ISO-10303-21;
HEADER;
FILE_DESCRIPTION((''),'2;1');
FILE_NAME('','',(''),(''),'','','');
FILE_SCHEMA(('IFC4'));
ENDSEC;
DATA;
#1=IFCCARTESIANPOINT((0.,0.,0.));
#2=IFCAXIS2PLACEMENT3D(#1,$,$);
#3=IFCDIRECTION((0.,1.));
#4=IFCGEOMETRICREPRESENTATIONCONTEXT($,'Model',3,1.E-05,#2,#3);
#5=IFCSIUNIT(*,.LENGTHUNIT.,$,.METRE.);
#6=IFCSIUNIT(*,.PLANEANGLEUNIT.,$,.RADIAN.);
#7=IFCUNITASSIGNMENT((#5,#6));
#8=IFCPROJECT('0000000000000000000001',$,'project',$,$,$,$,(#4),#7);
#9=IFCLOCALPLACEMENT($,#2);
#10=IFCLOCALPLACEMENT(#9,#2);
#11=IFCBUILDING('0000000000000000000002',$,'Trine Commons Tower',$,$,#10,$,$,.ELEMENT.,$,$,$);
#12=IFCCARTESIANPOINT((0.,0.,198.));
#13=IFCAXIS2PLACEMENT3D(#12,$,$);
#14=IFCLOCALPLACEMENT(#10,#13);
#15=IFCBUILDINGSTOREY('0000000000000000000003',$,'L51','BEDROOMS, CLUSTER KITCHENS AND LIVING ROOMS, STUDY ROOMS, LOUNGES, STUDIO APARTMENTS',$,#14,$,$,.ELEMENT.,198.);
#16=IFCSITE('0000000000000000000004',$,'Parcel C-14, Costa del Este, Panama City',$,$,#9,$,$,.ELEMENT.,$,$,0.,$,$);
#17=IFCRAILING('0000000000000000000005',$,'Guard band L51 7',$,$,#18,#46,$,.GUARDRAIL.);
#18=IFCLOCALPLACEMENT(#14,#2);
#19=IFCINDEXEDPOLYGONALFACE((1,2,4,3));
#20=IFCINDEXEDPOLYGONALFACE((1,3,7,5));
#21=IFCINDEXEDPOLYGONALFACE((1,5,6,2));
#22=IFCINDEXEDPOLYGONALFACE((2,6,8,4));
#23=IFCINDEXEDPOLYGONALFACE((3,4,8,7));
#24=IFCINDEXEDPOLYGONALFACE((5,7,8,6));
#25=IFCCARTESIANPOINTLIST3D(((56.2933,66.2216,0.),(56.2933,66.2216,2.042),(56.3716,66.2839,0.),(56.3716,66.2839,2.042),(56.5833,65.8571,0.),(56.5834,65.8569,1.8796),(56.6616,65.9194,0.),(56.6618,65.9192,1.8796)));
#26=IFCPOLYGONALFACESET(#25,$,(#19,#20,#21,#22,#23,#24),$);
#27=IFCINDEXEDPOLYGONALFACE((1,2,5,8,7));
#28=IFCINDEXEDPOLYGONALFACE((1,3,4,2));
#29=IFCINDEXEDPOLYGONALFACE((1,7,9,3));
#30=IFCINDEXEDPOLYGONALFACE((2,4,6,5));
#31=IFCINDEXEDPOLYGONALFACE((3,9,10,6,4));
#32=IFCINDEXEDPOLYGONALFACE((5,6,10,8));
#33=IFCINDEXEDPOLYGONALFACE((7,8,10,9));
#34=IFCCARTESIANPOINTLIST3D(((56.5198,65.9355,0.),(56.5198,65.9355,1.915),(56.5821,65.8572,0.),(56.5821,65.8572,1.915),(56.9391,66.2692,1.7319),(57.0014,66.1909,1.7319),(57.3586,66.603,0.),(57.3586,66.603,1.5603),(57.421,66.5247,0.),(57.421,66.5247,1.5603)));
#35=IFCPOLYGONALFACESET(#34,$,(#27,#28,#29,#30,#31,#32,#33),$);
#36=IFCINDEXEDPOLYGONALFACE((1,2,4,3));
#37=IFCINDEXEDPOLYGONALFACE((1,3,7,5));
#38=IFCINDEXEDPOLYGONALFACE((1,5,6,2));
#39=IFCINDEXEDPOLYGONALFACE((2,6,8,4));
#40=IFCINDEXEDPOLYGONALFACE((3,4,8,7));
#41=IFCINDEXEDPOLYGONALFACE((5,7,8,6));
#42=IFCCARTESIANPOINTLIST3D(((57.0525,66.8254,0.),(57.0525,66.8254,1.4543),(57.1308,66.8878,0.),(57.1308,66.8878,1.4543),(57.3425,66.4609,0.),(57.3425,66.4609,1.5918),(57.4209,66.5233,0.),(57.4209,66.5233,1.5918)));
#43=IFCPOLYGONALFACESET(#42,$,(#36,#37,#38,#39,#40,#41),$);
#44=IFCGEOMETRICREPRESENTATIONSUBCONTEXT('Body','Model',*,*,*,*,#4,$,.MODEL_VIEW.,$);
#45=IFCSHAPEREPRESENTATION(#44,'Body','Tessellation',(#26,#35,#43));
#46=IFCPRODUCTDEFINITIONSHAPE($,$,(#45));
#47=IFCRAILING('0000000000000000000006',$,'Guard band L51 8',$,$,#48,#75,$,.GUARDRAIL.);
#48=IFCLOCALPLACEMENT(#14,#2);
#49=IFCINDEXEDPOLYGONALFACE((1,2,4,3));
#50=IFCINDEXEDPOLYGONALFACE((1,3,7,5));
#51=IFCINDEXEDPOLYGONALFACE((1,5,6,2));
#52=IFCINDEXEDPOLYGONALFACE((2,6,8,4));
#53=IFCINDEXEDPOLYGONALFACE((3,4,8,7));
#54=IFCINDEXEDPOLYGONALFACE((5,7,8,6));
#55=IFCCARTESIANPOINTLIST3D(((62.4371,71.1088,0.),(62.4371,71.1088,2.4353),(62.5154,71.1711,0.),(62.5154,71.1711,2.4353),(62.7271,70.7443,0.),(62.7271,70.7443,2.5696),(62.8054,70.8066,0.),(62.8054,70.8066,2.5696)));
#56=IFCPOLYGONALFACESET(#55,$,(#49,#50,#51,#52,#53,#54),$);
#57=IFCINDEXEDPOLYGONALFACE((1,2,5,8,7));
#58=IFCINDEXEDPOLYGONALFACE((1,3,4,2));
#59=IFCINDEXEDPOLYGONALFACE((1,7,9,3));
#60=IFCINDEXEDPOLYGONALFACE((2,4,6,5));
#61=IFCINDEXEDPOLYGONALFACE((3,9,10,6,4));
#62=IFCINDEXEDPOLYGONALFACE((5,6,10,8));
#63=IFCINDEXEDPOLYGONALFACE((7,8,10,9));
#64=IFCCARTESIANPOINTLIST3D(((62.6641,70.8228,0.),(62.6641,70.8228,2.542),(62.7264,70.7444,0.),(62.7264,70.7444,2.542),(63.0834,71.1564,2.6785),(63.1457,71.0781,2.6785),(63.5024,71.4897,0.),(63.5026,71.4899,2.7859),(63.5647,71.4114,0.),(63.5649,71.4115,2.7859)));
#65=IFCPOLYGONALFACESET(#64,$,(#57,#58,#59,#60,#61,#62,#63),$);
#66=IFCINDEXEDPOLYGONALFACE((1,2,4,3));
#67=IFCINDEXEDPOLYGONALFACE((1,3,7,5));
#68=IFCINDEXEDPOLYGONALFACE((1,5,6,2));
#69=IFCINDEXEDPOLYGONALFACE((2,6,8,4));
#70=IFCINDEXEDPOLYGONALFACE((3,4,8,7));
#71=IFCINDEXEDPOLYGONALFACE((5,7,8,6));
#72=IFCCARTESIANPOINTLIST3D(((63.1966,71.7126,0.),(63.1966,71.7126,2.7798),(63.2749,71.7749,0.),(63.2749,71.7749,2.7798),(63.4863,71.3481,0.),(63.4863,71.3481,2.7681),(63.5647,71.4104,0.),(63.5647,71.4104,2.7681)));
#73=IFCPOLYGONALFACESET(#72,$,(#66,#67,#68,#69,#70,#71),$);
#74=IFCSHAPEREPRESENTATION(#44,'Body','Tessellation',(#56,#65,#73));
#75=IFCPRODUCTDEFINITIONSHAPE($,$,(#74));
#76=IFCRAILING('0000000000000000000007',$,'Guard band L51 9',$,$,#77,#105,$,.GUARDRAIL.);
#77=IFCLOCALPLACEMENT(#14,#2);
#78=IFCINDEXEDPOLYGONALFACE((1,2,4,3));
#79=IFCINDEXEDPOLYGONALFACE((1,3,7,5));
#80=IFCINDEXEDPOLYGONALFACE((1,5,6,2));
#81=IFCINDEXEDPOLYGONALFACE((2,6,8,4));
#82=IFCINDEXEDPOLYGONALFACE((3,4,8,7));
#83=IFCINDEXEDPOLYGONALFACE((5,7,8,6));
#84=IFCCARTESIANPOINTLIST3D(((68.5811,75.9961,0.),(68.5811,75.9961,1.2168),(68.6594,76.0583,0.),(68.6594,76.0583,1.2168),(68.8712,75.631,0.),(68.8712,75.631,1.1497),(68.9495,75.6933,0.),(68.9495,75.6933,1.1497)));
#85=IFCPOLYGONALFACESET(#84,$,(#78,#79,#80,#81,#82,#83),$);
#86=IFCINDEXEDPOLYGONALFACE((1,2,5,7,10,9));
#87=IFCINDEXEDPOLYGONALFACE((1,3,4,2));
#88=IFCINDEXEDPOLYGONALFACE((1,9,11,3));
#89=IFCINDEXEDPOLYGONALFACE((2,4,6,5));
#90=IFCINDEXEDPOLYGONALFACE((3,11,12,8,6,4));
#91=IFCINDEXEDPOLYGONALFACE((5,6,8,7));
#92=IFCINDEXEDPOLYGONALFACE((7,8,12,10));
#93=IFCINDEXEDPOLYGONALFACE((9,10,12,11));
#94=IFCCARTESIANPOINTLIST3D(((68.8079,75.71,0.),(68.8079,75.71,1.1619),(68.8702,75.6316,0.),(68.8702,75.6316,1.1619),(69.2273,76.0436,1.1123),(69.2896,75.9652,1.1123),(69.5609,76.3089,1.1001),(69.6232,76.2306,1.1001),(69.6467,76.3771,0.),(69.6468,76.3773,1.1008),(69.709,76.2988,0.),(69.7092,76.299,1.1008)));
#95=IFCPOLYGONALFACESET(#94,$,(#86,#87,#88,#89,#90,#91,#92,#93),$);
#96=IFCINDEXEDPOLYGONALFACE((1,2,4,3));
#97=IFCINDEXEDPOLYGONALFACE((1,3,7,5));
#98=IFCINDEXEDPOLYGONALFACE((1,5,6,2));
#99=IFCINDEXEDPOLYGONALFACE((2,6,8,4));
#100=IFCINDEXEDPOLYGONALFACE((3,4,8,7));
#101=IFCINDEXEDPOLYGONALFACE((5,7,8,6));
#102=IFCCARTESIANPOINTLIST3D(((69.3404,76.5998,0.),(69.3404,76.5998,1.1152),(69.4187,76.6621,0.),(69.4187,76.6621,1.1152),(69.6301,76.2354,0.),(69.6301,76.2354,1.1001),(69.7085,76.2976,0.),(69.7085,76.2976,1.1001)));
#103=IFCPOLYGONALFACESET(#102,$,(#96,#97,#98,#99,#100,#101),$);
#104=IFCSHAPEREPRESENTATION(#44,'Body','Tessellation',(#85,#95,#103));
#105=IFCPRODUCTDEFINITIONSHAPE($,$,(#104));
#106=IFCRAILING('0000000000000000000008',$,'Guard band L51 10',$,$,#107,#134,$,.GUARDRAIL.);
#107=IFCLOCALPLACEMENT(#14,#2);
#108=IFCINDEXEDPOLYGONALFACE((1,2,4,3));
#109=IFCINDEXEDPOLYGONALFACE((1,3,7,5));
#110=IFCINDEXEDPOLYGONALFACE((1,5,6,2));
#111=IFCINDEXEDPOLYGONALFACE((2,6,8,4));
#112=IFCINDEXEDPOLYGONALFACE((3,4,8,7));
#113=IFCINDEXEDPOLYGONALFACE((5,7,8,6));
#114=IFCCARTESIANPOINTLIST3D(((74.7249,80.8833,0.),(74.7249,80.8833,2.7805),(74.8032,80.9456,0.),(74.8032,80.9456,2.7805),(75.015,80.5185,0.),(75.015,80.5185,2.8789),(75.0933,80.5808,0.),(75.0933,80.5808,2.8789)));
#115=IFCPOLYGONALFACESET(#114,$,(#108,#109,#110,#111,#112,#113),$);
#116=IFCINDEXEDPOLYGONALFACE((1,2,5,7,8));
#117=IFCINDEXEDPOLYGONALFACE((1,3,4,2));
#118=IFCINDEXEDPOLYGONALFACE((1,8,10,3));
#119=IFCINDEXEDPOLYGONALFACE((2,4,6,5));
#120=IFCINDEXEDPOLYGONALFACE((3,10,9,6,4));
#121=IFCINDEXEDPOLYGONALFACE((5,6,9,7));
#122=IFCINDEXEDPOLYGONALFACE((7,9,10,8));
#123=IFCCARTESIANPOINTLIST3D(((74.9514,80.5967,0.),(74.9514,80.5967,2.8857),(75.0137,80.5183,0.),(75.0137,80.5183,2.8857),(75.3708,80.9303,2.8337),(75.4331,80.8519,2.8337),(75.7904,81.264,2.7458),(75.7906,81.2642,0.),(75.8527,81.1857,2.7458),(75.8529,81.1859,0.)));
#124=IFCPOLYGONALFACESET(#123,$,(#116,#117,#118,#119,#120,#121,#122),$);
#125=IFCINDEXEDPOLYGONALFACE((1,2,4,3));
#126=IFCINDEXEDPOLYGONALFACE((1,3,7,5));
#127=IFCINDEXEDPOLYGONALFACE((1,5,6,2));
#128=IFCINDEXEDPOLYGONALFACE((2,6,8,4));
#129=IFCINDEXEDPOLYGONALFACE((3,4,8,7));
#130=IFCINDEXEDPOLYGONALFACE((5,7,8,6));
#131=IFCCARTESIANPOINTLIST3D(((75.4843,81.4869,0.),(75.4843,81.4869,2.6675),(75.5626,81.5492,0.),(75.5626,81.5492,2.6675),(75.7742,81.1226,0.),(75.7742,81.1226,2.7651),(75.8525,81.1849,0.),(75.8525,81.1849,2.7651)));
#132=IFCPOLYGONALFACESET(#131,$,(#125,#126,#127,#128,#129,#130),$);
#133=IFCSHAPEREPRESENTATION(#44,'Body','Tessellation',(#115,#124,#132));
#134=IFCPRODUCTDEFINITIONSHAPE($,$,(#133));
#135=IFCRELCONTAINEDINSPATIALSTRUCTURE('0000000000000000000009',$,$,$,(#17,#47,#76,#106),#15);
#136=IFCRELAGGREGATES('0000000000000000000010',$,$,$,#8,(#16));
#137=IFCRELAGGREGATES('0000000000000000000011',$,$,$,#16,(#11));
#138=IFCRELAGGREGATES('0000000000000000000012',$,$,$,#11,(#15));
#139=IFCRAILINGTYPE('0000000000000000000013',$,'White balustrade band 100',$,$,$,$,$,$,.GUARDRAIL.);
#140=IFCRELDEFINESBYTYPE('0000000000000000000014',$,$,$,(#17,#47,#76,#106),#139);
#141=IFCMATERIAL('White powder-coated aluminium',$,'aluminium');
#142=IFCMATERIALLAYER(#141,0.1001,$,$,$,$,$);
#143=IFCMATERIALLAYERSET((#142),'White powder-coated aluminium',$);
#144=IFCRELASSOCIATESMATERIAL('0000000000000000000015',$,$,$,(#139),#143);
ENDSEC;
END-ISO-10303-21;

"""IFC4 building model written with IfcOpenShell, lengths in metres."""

from ifc_helpers import new_model, si_unit, direction, frame, origin, place, context, subcontext, project, spatial, polyline, outline, extrude, material, layer, layer_set, type_object, element, save


model = new_model("IFC4")

# Units and contexts
model_context = context("Model", 3, precision=1e-05, world=origin(), true_north=direction((0.0, 1.0)))
body_context = subcontext(model_context, "Body", "Model", "MODEL_VIEW")
ifc_project = project(units=[si_unit("LENGTHUNIT", "METRE"), si_unit("PLANEANGLEUNIT", "RADIAN")], contexts=[model_context])

# Site, building, storey
site_placement = place(None, origin())
site = spatial("IfcSite", under=ifc_project, at=site_placement, Name="Parcel C-14, Costa del Este, Panama City", CompositionType="ELEMENT", RefElevation=0.0)
building_placement = place(site_placement, origin())
building = spatial("IfcBuilding", under=site, at=building_placement, Name="Trine Commons Tower", CompositionType="ELEMENT")
storey_placement = place(building_placement, frame((0.0, 0.0, 198.0)))
storey = spatial("IfcBuildingStorey", under=building, at=storey_placement, Name="L51", Description="BEDROOMS, CLUSTER KITCHENS AND LIVING ROOMS, STUDY ROOMS, LOUNGES, STUDIO APARTMENTS", CompositionType="ELEMENT", Elevation=198.0)

# Railings
ifc_material_1 = material(Name="White powder-coated aluminium", Category="aluminium")
ifc_layer_1 = layer(ifc_material_1, 0.1001)
ifc_layer_set_1 = layer_set([ifc_layer_1], Name="White powder-coated aluminium")
railing_type = type_object("IfcRailingType", Name="White balustrade band 100", PredefinedType="GUARDRAIL", material=ifc_layer_set_1)
railing_1_placement = place(storey_placement, origin())
element("IfcRailing", 1, at=railing_1_placement, inside=storey, type_object=railing_type, Name="Guard band L51 7", PredefinedType="GUARDRAIL", context=body_context, shape_type="SweptSolid", body=[
    extrude(outline(polyline([(0.0, 0.0), (0.4658, 0.0), (0.4661, 1.8796), (0.0, 2.042), (0.0, 0.0)])), frame((56.3716, 66.2839, 0.0), z_axis=(-0.782502, -0.622648, 0.0), x_axis=(0.622648, -0.782502, 0.0)), (0.0, 0.0, 1.0), 0.1001),
    extrude(outline(polyline([(0.0, 0.0), (1.072, 0.0), (1.072, 1.5603), (0.5359, 1.7319), (0.0, 1.915), (0.0, 0.0)])), frame((56.5198, 65.9355, 0.0), z_axis=(0.622638, -0.78251, 0.0), x_axis=(0.78251, 0.622638, 0.0)), (0.0, 0.0, 1.0), 0.1001),
    extrude(outline(polyline([(0.0, 0.0), (0.4658, 0.0), (0.4658, 1.4543), (0.0, 1.5918), (0.0, 0.0)])), frame((57.3425, 66.4609, 0.0), z_axis=(0.782502, 0.622648, 0.0), x_axis=(-0.622648, 0.782502, 0.0)), (0.0, 0.0, 1.0), 0.1001),
])
railing_2_placement = place(storey_placement, origin())
element("IfcRailing", 2, at=railing_2_placement, inside=storey, type_object=railing_type, Name="Guard band L51 8", PredefinedType="GUARDRAIL", context=body_context, shape_type="SweptSolid", body=[
    extrude(outline(polyline([(0.0, 0.0), (0.4658, 0.0), (0.4658, 2.5696), (0.4658, 2.5696), (0.0, 2.4353), (0.0, 0.0)])), frame((62.5154, 71.1711, 0.0), z_axis=(-0.782502, -0.622648, 0.0), x_axis=(0.622648, -0.782502, 0.0)), (0.0, 0.0, 1.0), 0.1001),
    extrude(outline(polyline([(0.0, 0.0), (1.0713, 0.0), (1.0715, 2.7859), (0.5359, 2.6785), (0.0, 2.542), (0.0, 0.0)])), frame((62.6641, 70.8228, 0.0), z_axis=(0.622581, -0.782556, 0.0), x_axis=(0.782556, 0.622581, 0.0)), (0.0, 0.0, 1.0), 0.1001),
    extrude(outline(polyline([(0.0, 0.0), (0.4656, 0.0), (0.4656, 2.7798), (0.0, 2.7681), (0.0, 0.0)])), frame((63.4863, 71.3481, 0.0), z_axis=(0.782758, 0.622327, 0.0), x_axis=(-0.622327, 0.782758, 0.0)), (0.0, 0.0, 1.0), 0.1001),
])
railing_3_placement = place(storey_placement, origin())
element("IfcRailing", 3, at=railing_3_placement, inside=storey, type_object=railing_type, Name="Guard band L51 9", PredefinedType="GUARDRAIL", context=body_context, shape_type="SweptSolid", body=[
    extrude(outline(polyline([(0.0, 0.0), (0.4663, 0.0), (0.4663, 1.1497), (0.4663, 1.1497), (0.0, 1.2168), (0.0, 0.0)])), frame((68.6594, 76.0583, 0.0), z_axis=(-0.782908, -0.622137, 0.0), x_axis=(0.622137, -0.782908, 0.0)), (0.0, 0.0, 1.0), 0.1001),
    extrude(outline(polyline([(0.0, 0.0), (1.0718, 0.0), (1.072, 1.1008), (0.9622, 1.1001), (0.5359, 1.1123), (0.0, 1.1619), (0.0, 0.0)])), frame((68.8079, 75.71, 0.0), z_axis=(0.622498, -0.782621, 0.0), x_axis=(0.782621, 0.622498, 0.0)), (0.0, 0.0, 1.0), 0.1001),
    extrude(outline(polyline([(0.0, 0.0), (0.4656, 0.0), (0.4656, 1.1152), (0.0, 1.1001), (0.0, 0.0)])), frame((69.6301, 76.2354, 0.0), z_axis=(0.782758, 0.622327, 0.0), x_axis=(-0.622327, 0.782758, 0.0)), (0.0, 0.0, 1.0), 0.1001),
])
railing_4_placement = place(storey_placement, origin())
element("IfcRailing", 4, at=railing_4_placement, inside=storey, type_object=railing_type, Name="Guard band L51 10", PredefinedType="GUARDRAIL", context=body_context, shape_type="SweptSolid", body=[
    extrude(outline(polyline([(0.0, 0.0), (0.4661, 0.0), (0.4661, 2.8789), (0.4661, 2.8789), (0.0, 2.7805), (0.0, 0.0)])), frame((74.8032, 80.9456, 0.0), z_axis=(-0.782705, -0.622392, 0.0), x_axis=(0.622392, -0.782705, 0.0)), (0.0, 0.0, 1.0), 0.1001),
    extrude(outline(polyline([(0.0, 0.0), (1.0723, 0.0), (1.072, 2.7458), (0.5359, 2.8337), (0.0, 2.8857), (0.0, 0.0)])), frame((74.9514, 80.5967, 0.0), z_axis=(0.622527, -0.782599, 0.0), x_axis=(0.782599, 0.622527, 0.0)), (0.0, 0.0, 1.0), 0.1001),
    extrude(outline(polyline([(0.0, 0.0), (0.4656, 0.0), (0.4656, 2.6675), (0.0, 2.7651), (0.0, 0.0)])), frame((75.7742, 81.1226, 0.0), z_axis=(0.782555, 0.622582, 0.0), x_axis=(-0.622582, 0.782555, 0.0)), (0.0, 0.0, 1.0), 0.1001),
])

save(model, "model.ifc")
